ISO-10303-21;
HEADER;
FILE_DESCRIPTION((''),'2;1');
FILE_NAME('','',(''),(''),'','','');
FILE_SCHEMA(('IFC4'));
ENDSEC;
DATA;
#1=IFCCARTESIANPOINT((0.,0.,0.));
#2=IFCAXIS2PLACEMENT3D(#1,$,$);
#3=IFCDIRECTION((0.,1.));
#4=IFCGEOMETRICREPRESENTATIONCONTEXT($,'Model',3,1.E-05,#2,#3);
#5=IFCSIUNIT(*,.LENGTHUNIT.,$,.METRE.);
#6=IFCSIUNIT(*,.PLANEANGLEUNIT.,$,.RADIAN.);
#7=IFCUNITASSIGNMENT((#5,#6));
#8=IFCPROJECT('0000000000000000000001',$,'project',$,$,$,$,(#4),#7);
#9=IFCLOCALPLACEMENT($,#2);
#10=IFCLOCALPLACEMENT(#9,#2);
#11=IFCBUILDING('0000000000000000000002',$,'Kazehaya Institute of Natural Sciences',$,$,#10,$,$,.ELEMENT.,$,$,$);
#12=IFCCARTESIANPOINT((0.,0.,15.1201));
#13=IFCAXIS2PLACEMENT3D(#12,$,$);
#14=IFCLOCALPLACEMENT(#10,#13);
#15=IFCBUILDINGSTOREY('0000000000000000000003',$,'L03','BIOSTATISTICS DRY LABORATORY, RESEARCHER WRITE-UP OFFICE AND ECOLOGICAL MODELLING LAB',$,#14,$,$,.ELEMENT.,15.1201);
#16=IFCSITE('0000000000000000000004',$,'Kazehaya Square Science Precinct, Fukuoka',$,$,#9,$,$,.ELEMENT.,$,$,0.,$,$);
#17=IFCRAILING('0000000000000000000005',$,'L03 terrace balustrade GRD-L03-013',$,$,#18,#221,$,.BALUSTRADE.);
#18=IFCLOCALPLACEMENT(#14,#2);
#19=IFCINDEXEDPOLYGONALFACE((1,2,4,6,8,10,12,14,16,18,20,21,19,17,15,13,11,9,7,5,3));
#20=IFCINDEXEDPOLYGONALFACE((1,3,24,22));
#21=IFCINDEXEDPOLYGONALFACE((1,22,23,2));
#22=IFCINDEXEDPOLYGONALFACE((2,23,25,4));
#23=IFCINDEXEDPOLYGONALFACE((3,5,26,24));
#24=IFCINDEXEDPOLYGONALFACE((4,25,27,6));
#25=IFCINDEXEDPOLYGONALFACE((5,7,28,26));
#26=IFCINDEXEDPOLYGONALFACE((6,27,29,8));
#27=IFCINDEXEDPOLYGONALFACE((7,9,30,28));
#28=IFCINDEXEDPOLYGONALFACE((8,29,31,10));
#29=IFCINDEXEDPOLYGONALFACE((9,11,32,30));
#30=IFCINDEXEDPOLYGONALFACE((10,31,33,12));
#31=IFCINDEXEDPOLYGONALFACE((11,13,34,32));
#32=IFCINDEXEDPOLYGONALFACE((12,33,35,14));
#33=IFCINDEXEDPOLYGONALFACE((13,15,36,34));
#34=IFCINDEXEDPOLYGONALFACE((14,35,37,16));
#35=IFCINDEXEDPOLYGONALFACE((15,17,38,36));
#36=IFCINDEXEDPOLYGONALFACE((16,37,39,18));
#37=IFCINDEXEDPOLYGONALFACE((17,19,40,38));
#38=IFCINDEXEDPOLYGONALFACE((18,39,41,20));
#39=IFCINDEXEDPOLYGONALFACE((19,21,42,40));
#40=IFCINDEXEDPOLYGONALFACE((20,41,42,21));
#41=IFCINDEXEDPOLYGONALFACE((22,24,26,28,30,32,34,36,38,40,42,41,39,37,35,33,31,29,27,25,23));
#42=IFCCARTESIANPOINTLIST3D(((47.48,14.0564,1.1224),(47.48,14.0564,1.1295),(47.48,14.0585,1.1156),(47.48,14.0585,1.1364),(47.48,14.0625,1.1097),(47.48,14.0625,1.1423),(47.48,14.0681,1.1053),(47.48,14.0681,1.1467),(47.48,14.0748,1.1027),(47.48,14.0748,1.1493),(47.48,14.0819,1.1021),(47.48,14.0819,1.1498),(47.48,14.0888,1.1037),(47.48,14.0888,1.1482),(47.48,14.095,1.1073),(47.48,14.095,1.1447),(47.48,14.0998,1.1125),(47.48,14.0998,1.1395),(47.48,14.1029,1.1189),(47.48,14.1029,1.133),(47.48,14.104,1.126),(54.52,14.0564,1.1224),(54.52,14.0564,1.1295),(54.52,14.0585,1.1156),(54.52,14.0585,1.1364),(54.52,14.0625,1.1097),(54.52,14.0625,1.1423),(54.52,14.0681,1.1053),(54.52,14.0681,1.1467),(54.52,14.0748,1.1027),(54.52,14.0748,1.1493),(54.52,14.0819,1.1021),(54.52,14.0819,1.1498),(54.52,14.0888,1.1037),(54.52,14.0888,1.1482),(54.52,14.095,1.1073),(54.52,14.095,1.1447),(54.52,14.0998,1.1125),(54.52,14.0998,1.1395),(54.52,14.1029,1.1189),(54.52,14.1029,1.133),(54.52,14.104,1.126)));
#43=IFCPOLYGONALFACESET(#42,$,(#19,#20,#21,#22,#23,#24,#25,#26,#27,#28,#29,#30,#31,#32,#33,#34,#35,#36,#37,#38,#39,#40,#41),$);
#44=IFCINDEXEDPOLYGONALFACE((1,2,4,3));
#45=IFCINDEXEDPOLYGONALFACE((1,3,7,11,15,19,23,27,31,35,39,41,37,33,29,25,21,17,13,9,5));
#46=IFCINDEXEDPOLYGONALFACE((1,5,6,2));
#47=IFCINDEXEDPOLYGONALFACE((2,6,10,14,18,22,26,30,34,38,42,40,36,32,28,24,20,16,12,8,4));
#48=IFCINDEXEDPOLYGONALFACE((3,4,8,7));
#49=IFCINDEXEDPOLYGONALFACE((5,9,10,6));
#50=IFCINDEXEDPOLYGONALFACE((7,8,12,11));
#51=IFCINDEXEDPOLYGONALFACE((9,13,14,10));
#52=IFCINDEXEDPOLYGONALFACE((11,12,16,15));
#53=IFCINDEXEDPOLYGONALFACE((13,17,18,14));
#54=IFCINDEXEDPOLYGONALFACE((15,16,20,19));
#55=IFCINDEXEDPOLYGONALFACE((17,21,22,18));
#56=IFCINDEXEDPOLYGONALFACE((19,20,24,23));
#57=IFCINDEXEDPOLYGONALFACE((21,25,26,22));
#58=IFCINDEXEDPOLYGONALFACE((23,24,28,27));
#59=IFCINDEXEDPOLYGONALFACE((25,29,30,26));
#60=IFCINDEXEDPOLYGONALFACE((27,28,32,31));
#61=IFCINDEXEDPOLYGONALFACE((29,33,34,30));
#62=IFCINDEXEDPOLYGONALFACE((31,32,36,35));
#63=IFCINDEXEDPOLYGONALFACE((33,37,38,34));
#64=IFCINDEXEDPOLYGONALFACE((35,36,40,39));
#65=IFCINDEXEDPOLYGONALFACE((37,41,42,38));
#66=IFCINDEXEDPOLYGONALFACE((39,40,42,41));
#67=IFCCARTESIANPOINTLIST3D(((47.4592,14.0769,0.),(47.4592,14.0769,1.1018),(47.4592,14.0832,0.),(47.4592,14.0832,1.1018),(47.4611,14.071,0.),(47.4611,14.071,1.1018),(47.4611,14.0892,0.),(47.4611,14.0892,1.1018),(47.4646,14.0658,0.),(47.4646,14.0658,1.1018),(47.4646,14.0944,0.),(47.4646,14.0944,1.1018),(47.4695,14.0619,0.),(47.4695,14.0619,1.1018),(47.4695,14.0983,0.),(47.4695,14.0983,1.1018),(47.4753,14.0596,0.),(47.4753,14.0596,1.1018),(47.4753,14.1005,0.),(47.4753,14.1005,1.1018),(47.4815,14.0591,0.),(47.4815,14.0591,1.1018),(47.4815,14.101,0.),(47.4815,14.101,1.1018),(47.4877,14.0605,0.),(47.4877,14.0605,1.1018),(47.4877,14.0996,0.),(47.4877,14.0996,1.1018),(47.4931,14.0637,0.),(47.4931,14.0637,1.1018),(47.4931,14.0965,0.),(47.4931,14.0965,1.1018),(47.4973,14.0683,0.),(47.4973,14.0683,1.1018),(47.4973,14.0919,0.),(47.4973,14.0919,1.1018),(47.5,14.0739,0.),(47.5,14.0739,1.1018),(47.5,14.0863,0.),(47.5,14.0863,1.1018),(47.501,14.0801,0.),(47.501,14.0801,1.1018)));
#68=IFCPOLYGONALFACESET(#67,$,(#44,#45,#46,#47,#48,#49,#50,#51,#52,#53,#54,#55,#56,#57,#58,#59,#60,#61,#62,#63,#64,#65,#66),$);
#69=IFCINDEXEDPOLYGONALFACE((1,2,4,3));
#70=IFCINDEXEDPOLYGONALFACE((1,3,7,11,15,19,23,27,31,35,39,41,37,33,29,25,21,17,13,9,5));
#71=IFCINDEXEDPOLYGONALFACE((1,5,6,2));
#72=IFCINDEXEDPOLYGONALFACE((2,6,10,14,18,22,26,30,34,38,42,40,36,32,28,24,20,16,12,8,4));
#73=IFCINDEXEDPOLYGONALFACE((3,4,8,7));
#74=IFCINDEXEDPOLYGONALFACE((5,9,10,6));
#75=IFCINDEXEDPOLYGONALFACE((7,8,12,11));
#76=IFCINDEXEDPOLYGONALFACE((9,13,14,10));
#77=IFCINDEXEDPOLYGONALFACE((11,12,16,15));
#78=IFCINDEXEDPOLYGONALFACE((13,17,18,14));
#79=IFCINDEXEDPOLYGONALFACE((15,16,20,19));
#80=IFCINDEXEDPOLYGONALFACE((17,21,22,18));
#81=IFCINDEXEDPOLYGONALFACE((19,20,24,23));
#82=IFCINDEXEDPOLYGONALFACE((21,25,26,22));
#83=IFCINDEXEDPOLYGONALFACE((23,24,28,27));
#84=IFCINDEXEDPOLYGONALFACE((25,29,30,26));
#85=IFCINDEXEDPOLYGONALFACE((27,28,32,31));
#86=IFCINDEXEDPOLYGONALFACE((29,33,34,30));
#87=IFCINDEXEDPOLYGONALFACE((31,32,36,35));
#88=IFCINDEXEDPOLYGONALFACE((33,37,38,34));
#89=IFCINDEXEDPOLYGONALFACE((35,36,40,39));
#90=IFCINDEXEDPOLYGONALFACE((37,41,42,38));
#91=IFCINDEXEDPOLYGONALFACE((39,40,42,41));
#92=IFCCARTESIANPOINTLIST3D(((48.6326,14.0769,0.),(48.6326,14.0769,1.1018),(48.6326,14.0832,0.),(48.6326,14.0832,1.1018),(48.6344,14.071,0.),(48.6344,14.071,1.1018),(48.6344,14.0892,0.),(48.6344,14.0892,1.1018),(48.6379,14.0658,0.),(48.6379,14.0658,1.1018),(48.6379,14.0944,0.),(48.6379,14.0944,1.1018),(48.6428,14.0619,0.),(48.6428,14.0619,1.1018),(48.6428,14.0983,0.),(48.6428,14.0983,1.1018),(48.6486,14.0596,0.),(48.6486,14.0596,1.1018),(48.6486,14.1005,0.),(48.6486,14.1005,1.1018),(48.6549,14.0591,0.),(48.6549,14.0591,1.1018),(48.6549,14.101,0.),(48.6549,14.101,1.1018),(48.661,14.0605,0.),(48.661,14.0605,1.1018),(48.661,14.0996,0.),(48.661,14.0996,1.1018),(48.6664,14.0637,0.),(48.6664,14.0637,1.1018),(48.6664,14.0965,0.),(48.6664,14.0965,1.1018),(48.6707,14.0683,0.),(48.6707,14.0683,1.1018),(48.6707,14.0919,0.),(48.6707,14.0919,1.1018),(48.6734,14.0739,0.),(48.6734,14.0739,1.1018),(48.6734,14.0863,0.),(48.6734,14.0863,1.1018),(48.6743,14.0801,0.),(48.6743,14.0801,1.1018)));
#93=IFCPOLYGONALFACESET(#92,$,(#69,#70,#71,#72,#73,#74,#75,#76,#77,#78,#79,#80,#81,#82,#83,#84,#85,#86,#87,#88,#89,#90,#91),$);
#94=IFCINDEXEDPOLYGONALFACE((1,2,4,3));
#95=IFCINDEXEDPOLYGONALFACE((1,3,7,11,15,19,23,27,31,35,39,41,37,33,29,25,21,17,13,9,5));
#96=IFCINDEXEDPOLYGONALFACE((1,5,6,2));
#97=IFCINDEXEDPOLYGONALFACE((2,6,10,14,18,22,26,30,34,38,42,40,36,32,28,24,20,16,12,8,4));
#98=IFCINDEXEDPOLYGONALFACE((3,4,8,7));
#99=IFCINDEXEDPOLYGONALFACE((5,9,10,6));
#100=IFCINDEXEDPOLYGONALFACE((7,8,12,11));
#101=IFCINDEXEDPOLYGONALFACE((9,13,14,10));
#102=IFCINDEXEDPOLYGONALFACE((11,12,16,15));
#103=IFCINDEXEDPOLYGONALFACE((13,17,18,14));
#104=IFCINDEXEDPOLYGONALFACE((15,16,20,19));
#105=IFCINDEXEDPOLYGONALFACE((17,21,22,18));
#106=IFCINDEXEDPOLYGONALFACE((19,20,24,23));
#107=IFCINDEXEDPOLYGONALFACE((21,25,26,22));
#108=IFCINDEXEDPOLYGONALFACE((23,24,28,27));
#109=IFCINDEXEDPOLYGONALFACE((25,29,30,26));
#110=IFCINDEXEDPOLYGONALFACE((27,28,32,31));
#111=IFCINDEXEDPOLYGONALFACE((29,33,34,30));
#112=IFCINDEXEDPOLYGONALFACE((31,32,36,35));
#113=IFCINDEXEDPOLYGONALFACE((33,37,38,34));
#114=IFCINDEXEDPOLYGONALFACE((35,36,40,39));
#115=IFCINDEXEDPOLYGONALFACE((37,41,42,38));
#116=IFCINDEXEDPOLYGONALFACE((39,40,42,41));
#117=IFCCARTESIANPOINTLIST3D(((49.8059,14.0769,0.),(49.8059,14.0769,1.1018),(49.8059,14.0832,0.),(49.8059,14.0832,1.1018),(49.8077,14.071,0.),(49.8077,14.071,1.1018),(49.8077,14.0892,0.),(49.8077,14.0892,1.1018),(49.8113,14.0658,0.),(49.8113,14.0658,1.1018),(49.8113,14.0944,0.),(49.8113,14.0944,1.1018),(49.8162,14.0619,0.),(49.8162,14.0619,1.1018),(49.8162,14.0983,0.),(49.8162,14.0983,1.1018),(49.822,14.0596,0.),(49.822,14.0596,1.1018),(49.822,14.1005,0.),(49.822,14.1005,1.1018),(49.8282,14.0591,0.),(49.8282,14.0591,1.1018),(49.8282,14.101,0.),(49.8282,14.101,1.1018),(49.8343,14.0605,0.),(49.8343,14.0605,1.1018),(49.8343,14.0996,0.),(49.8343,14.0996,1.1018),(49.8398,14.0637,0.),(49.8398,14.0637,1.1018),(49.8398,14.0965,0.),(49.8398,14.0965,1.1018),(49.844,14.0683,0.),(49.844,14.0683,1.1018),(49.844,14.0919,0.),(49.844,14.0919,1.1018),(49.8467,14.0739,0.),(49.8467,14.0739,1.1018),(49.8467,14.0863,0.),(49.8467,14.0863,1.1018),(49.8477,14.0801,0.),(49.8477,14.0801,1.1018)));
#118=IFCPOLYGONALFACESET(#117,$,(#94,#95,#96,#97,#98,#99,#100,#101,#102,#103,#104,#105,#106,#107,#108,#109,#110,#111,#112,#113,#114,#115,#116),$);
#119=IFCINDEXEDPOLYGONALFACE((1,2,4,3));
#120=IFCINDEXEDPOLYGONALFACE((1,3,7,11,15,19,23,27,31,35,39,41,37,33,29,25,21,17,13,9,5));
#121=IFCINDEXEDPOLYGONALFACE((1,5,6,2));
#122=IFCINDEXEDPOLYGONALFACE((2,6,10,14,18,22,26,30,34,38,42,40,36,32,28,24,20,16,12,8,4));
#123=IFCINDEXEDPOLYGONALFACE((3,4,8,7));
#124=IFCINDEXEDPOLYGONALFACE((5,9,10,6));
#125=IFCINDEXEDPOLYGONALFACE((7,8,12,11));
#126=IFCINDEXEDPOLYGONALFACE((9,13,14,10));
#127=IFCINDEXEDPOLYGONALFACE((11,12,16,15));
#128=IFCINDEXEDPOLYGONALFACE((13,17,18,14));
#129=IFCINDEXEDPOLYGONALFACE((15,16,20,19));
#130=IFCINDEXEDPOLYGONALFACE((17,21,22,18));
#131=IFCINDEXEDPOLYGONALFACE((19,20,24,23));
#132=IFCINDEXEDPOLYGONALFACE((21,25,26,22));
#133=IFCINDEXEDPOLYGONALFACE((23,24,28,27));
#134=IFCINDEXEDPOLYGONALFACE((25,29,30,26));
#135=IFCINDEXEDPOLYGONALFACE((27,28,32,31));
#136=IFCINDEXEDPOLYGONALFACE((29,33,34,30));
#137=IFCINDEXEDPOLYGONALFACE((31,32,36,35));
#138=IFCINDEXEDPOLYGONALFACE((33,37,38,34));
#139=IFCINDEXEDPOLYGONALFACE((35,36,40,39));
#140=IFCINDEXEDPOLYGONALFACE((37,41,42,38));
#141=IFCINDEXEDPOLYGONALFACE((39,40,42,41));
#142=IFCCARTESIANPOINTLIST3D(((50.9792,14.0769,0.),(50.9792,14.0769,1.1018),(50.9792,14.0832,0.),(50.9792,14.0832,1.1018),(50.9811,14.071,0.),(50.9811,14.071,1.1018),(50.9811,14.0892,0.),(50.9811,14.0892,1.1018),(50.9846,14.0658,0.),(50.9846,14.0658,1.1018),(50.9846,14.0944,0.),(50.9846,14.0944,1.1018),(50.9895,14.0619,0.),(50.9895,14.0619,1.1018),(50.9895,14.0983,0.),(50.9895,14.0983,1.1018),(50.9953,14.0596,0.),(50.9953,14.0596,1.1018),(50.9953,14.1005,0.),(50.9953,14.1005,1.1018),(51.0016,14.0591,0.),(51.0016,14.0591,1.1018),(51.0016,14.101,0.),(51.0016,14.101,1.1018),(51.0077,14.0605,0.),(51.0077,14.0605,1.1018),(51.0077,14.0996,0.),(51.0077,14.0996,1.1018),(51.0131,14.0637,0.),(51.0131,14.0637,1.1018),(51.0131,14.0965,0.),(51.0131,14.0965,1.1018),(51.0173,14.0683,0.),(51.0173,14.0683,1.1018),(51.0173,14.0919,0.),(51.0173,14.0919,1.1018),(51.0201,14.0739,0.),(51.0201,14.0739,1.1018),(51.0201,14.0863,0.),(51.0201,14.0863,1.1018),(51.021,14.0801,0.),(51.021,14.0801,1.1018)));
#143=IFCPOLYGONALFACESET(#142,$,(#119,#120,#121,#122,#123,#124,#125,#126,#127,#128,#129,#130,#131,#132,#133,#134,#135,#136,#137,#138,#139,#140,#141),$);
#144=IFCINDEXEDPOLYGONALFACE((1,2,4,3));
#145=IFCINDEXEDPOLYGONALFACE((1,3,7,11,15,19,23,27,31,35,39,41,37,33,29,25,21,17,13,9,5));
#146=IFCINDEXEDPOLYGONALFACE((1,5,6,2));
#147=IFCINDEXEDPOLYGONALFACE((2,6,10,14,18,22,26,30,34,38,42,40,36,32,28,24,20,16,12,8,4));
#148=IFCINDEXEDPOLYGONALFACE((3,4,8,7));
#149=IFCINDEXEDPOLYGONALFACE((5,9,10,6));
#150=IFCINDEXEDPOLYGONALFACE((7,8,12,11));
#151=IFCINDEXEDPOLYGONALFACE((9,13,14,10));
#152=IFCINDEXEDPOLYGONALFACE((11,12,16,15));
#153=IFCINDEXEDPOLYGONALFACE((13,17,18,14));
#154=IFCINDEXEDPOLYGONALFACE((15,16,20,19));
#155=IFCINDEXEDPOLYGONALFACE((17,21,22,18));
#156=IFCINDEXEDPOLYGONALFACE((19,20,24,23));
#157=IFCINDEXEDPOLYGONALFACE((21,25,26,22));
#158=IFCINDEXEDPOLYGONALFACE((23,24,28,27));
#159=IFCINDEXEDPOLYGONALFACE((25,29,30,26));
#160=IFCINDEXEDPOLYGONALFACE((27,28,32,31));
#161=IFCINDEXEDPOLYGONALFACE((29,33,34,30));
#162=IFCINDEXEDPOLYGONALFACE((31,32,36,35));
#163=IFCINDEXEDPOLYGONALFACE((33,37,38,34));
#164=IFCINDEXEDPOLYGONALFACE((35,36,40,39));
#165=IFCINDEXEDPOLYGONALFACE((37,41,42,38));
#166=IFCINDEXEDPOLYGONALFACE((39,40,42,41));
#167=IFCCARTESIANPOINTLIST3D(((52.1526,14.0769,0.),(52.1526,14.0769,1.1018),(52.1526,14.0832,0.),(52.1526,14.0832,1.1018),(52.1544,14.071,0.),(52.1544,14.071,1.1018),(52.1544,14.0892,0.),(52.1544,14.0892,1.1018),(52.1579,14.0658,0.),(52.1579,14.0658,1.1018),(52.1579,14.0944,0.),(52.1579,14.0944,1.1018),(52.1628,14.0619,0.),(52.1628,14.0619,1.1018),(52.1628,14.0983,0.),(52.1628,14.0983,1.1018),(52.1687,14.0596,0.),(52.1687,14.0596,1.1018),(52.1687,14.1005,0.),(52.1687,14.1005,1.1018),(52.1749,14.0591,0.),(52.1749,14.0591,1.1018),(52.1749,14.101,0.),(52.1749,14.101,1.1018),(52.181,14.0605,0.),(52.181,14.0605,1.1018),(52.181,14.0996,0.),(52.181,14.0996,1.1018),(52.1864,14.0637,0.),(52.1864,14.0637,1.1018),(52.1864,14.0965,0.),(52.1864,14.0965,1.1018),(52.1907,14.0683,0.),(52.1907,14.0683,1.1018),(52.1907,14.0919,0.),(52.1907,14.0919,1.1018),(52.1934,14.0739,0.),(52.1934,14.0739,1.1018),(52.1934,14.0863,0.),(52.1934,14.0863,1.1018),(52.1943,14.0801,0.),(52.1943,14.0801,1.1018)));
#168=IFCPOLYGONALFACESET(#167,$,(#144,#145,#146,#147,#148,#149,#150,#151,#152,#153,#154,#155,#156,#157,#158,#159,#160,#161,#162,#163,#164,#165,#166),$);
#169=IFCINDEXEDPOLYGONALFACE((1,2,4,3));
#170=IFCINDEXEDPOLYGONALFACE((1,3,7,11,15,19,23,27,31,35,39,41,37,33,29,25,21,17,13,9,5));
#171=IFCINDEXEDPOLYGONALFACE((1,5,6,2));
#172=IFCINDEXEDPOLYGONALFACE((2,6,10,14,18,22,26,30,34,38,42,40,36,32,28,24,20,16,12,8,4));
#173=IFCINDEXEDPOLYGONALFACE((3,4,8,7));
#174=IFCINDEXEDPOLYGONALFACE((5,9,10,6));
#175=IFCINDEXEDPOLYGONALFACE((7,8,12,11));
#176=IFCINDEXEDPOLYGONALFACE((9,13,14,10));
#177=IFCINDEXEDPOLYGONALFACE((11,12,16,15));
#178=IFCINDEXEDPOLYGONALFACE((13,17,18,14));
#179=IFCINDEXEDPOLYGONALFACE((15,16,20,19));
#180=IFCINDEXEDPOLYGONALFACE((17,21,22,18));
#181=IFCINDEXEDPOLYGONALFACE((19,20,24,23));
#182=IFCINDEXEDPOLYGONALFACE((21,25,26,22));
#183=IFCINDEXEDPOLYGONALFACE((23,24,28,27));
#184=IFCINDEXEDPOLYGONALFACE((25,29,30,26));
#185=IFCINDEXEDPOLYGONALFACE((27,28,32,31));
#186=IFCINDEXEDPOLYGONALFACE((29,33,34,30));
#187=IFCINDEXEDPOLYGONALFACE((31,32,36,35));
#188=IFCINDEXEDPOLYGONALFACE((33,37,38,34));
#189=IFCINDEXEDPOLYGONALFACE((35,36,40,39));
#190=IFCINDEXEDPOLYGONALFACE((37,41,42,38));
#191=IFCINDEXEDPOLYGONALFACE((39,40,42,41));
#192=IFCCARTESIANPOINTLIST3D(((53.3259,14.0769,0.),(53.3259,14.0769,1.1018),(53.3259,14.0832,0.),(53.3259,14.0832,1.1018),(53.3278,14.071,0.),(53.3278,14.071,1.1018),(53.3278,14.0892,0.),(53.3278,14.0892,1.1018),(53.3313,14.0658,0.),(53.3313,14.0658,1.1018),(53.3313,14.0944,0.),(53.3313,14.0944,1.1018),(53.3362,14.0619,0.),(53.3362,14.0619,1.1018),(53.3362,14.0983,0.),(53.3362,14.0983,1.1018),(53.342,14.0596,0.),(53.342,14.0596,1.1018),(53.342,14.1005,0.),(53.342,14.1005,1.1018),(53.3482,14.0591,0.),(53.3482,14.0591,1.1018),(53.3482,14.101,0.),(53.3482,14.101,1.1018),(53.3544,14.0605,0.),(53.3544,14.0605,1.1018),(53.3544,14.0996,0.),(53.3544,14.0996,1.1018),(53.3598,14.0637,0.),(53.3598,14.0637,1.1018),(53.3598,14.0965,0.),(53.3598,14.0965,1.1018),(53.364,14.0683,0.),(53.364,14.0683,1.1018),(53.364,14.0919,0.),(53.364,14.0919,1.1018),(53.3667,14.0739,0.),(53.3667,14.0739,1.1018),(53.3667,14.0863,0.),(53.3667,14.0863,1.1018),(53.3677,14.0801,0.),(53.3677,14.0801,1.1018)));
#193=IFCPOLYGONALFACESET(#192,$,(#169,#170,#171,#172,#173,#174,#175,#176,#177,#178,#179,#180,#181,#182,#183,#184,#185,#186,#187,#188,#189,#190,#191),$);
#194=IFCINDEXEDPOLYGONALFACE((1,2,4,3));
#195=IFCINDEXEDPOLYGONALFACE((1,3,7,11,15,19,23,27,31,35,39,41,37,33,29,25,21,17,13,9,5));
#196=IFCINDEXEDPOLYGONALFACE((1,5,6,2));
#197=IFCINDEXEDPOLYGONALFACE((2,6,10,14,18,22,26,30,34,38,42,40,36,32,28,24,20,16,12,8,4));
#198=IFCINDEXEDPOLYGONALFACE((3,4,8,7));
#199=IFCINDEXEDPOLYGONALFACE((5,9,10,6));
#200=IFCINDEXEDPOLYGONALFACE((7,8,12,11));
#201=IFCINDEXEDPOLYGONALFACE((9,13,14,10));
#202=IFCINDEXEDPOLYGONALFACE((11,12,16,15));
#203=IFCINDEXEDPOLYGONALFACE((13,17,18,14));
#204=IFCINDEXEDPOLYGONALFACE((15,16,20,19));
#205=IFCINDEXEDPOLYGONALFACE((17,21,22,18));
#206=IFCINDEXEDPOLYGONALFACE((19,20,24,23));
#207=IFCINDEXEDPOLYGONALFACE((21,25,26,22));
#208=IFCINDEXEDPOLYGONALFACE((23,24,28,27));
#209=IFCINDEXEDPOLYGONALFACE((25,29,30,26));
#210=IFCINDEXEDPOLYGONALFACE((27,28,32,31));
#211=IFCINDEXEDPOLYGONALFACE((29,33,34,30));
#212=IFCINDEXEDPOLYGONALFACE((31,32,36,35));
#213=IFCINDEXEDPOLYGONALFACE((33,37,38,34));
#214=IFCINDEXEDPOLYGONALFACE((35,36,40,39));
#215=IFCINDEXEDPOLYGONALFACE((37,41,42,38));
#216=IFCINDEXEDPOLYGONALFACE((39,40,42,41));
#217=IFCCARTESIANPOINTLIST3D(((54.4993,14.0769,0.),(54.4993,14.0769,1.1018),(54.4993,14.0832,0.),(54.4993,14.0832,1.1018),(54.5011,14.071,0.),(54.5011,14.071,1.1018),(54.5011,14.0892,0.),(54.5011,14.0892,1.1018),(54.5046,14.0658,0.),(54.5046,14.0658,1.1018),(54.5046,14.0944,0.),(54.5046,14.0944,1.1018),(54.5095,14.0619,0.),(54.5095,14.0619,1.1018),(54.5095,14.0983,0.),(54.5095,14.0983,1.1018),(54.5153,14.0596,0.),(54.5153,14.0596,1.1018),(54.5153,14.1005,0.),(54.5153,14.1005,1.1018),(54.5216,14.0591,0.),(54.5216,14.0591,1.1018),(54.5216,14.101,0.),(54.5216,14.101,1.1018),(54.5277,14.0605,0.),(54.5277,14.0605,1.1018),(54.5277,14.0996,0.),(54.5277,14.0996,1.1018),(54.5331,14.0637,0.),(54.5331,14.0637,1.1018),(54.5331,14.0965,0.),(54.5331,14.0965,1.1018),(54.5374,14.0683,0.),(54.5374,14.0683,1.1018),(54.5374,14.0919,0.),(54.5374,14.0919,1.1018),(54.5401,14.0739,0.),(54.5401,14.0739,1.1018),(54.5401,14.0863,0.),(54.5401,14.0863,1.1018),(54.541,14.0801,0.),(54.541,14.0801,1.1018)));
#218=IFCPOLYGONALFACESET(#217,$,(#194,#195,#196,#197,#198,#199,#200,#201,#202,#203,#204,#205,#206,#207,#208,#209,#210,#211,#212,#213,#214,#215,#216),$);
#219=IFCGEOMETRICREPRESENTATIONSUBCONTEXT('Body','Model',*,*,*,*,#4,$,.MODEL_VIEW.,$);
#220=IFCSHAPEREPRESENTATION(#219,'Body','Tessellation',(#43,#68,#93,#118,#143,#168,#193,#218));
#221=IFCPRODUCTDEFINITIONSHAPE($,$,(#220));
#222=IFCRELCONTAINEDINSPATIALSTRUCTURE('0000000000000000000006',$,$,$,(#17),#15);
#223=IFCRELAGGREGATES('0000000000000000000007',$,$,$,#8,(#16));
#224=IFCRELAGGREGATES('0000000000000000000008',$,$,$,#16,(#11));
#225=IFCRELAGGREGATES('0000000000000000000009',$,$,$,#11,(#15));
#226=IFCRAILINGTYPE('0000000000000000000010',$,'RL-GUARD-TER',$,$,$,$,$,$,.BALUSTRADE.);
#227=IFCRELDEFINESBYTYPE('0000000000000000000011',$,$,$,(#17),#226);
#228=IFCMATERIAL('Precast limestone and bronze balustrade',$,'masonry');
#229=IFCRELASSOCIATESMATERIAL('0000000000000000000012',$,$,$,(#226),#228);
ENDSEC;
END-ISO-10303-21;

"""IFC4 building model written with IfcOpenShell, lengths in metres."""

from ifc_helpers import new_model, si_unit, direction, frame, origin, origin_2d, place, context, subcontext, project, spatial, circle, extrude, material, type_object, element, save


model = new_model("IFC4")

# Units and contexts
model_context = context("Model", 3, precision=1e-05, world=origin(), true_north=direction((0.0, 1.0)))
body_context = subcontext(model_context, "Body", "Model", "MODEL_VIEW")
ifc_project = project(units=[si_unit("LENGTHUNIT", "METRE"), si_unit("PLANEANGLEUNIT", "RADIAN")], contexts=[model_context])

# Site, building, storey
site_placement = place(None, origin())
site = spatial("IfcSite", under=ifc_project, at=site_placement, Name="Kazehaya Square Science Precinct, Fukuoka", CompositionType="ELEMENT", RefElevation=0.0)
building_placement = place(site_placement, origin())
building = spatial("IfcBuilding", under=site, at=building_placement, Name="Kazehaya Institute of Natural Sciences", CompositionType="ELEMENT")
storey_placement = place(building_placement, frame((0.0, 0.0, 15.1201)))
storey = spatial("IfcBuildingStorey", under=building, at=storey_placement, Name="L03", Description="BIOSTATISTICS DRY LABORATORY, RESEARCHER WRITE-UP OFFICE AND ECOLOGICAL MODELLING LAB", CompositionType="ELEMENT", Elevation=15.1201)

# Railing
ifc_material_1 = material(Name="Precast limestone and bronze balustrade", Category="masonry")
railing_type = type_object("IfcRailingType", Name="RL-GUARD-TER", PredefinedType="BALUSTRADE", material=ifc_material_1)
railing_placement = place(storey_placement, frame((47.48, 14.0801, 0.0)))
element("IfcRailing", 1, at=railing_placement, inside=storey, type_object=railing_type, Name="L03 terrace balustrade GRD-L03-013", PredefinedType="BALUSTRADE", context=body_context, shape_type="SweptSolid", body=[
    extrude(circle(Radius=0.0239, at=origin_2d()), frame((0.0, 0.0, 1.126), z_axis=(1.0, 0.0, 0.0), x_axis=(0.0, 1.0, 0.0)), (0.0, 0.0, 1.0), 7.04),
    extrude(circle(Radius=0.021, at=origin_2d()), origin(), (0.0, 0.0, 1.0), 1.1018),
    extrude(circle(Radius=0.021, at=origin_2d()), frame((1.1733, 0.0, 0.0)), (0.0, 0.0, 1.0), 1.1018),
    extrude(circle(Radius=0.021, at=origin_2d()), frame((2.3467, 0.0, 0.0)), (0.0, 0.0, 1.0), 1.1018),
    extrude(circle(Radius=0.021, at=origin_2d()), frame((3.52, 0.0, 0.0)), (0.0, 0.0, 1.0), 1.1018),
    extrude(circle(Radius=0.021, at=origin_2d()), frame((4.6934, 0.0, 0.0)), (0.0, 0.0, 1.0), 1.1018),
    extrude(circle(Radius=0.021, at=origin_2d()), frame((5.8667, 0.0, 0.0)), (0.0, 0.0, 1.0), 1.1018),
    extrude(circle(Radius=0.021, at=origin_2d()), frame((7.04, 0.0, 0.0)), (0.0, 0.0, 1.0), 1.1018),
])

save(model, "model.ifc")
